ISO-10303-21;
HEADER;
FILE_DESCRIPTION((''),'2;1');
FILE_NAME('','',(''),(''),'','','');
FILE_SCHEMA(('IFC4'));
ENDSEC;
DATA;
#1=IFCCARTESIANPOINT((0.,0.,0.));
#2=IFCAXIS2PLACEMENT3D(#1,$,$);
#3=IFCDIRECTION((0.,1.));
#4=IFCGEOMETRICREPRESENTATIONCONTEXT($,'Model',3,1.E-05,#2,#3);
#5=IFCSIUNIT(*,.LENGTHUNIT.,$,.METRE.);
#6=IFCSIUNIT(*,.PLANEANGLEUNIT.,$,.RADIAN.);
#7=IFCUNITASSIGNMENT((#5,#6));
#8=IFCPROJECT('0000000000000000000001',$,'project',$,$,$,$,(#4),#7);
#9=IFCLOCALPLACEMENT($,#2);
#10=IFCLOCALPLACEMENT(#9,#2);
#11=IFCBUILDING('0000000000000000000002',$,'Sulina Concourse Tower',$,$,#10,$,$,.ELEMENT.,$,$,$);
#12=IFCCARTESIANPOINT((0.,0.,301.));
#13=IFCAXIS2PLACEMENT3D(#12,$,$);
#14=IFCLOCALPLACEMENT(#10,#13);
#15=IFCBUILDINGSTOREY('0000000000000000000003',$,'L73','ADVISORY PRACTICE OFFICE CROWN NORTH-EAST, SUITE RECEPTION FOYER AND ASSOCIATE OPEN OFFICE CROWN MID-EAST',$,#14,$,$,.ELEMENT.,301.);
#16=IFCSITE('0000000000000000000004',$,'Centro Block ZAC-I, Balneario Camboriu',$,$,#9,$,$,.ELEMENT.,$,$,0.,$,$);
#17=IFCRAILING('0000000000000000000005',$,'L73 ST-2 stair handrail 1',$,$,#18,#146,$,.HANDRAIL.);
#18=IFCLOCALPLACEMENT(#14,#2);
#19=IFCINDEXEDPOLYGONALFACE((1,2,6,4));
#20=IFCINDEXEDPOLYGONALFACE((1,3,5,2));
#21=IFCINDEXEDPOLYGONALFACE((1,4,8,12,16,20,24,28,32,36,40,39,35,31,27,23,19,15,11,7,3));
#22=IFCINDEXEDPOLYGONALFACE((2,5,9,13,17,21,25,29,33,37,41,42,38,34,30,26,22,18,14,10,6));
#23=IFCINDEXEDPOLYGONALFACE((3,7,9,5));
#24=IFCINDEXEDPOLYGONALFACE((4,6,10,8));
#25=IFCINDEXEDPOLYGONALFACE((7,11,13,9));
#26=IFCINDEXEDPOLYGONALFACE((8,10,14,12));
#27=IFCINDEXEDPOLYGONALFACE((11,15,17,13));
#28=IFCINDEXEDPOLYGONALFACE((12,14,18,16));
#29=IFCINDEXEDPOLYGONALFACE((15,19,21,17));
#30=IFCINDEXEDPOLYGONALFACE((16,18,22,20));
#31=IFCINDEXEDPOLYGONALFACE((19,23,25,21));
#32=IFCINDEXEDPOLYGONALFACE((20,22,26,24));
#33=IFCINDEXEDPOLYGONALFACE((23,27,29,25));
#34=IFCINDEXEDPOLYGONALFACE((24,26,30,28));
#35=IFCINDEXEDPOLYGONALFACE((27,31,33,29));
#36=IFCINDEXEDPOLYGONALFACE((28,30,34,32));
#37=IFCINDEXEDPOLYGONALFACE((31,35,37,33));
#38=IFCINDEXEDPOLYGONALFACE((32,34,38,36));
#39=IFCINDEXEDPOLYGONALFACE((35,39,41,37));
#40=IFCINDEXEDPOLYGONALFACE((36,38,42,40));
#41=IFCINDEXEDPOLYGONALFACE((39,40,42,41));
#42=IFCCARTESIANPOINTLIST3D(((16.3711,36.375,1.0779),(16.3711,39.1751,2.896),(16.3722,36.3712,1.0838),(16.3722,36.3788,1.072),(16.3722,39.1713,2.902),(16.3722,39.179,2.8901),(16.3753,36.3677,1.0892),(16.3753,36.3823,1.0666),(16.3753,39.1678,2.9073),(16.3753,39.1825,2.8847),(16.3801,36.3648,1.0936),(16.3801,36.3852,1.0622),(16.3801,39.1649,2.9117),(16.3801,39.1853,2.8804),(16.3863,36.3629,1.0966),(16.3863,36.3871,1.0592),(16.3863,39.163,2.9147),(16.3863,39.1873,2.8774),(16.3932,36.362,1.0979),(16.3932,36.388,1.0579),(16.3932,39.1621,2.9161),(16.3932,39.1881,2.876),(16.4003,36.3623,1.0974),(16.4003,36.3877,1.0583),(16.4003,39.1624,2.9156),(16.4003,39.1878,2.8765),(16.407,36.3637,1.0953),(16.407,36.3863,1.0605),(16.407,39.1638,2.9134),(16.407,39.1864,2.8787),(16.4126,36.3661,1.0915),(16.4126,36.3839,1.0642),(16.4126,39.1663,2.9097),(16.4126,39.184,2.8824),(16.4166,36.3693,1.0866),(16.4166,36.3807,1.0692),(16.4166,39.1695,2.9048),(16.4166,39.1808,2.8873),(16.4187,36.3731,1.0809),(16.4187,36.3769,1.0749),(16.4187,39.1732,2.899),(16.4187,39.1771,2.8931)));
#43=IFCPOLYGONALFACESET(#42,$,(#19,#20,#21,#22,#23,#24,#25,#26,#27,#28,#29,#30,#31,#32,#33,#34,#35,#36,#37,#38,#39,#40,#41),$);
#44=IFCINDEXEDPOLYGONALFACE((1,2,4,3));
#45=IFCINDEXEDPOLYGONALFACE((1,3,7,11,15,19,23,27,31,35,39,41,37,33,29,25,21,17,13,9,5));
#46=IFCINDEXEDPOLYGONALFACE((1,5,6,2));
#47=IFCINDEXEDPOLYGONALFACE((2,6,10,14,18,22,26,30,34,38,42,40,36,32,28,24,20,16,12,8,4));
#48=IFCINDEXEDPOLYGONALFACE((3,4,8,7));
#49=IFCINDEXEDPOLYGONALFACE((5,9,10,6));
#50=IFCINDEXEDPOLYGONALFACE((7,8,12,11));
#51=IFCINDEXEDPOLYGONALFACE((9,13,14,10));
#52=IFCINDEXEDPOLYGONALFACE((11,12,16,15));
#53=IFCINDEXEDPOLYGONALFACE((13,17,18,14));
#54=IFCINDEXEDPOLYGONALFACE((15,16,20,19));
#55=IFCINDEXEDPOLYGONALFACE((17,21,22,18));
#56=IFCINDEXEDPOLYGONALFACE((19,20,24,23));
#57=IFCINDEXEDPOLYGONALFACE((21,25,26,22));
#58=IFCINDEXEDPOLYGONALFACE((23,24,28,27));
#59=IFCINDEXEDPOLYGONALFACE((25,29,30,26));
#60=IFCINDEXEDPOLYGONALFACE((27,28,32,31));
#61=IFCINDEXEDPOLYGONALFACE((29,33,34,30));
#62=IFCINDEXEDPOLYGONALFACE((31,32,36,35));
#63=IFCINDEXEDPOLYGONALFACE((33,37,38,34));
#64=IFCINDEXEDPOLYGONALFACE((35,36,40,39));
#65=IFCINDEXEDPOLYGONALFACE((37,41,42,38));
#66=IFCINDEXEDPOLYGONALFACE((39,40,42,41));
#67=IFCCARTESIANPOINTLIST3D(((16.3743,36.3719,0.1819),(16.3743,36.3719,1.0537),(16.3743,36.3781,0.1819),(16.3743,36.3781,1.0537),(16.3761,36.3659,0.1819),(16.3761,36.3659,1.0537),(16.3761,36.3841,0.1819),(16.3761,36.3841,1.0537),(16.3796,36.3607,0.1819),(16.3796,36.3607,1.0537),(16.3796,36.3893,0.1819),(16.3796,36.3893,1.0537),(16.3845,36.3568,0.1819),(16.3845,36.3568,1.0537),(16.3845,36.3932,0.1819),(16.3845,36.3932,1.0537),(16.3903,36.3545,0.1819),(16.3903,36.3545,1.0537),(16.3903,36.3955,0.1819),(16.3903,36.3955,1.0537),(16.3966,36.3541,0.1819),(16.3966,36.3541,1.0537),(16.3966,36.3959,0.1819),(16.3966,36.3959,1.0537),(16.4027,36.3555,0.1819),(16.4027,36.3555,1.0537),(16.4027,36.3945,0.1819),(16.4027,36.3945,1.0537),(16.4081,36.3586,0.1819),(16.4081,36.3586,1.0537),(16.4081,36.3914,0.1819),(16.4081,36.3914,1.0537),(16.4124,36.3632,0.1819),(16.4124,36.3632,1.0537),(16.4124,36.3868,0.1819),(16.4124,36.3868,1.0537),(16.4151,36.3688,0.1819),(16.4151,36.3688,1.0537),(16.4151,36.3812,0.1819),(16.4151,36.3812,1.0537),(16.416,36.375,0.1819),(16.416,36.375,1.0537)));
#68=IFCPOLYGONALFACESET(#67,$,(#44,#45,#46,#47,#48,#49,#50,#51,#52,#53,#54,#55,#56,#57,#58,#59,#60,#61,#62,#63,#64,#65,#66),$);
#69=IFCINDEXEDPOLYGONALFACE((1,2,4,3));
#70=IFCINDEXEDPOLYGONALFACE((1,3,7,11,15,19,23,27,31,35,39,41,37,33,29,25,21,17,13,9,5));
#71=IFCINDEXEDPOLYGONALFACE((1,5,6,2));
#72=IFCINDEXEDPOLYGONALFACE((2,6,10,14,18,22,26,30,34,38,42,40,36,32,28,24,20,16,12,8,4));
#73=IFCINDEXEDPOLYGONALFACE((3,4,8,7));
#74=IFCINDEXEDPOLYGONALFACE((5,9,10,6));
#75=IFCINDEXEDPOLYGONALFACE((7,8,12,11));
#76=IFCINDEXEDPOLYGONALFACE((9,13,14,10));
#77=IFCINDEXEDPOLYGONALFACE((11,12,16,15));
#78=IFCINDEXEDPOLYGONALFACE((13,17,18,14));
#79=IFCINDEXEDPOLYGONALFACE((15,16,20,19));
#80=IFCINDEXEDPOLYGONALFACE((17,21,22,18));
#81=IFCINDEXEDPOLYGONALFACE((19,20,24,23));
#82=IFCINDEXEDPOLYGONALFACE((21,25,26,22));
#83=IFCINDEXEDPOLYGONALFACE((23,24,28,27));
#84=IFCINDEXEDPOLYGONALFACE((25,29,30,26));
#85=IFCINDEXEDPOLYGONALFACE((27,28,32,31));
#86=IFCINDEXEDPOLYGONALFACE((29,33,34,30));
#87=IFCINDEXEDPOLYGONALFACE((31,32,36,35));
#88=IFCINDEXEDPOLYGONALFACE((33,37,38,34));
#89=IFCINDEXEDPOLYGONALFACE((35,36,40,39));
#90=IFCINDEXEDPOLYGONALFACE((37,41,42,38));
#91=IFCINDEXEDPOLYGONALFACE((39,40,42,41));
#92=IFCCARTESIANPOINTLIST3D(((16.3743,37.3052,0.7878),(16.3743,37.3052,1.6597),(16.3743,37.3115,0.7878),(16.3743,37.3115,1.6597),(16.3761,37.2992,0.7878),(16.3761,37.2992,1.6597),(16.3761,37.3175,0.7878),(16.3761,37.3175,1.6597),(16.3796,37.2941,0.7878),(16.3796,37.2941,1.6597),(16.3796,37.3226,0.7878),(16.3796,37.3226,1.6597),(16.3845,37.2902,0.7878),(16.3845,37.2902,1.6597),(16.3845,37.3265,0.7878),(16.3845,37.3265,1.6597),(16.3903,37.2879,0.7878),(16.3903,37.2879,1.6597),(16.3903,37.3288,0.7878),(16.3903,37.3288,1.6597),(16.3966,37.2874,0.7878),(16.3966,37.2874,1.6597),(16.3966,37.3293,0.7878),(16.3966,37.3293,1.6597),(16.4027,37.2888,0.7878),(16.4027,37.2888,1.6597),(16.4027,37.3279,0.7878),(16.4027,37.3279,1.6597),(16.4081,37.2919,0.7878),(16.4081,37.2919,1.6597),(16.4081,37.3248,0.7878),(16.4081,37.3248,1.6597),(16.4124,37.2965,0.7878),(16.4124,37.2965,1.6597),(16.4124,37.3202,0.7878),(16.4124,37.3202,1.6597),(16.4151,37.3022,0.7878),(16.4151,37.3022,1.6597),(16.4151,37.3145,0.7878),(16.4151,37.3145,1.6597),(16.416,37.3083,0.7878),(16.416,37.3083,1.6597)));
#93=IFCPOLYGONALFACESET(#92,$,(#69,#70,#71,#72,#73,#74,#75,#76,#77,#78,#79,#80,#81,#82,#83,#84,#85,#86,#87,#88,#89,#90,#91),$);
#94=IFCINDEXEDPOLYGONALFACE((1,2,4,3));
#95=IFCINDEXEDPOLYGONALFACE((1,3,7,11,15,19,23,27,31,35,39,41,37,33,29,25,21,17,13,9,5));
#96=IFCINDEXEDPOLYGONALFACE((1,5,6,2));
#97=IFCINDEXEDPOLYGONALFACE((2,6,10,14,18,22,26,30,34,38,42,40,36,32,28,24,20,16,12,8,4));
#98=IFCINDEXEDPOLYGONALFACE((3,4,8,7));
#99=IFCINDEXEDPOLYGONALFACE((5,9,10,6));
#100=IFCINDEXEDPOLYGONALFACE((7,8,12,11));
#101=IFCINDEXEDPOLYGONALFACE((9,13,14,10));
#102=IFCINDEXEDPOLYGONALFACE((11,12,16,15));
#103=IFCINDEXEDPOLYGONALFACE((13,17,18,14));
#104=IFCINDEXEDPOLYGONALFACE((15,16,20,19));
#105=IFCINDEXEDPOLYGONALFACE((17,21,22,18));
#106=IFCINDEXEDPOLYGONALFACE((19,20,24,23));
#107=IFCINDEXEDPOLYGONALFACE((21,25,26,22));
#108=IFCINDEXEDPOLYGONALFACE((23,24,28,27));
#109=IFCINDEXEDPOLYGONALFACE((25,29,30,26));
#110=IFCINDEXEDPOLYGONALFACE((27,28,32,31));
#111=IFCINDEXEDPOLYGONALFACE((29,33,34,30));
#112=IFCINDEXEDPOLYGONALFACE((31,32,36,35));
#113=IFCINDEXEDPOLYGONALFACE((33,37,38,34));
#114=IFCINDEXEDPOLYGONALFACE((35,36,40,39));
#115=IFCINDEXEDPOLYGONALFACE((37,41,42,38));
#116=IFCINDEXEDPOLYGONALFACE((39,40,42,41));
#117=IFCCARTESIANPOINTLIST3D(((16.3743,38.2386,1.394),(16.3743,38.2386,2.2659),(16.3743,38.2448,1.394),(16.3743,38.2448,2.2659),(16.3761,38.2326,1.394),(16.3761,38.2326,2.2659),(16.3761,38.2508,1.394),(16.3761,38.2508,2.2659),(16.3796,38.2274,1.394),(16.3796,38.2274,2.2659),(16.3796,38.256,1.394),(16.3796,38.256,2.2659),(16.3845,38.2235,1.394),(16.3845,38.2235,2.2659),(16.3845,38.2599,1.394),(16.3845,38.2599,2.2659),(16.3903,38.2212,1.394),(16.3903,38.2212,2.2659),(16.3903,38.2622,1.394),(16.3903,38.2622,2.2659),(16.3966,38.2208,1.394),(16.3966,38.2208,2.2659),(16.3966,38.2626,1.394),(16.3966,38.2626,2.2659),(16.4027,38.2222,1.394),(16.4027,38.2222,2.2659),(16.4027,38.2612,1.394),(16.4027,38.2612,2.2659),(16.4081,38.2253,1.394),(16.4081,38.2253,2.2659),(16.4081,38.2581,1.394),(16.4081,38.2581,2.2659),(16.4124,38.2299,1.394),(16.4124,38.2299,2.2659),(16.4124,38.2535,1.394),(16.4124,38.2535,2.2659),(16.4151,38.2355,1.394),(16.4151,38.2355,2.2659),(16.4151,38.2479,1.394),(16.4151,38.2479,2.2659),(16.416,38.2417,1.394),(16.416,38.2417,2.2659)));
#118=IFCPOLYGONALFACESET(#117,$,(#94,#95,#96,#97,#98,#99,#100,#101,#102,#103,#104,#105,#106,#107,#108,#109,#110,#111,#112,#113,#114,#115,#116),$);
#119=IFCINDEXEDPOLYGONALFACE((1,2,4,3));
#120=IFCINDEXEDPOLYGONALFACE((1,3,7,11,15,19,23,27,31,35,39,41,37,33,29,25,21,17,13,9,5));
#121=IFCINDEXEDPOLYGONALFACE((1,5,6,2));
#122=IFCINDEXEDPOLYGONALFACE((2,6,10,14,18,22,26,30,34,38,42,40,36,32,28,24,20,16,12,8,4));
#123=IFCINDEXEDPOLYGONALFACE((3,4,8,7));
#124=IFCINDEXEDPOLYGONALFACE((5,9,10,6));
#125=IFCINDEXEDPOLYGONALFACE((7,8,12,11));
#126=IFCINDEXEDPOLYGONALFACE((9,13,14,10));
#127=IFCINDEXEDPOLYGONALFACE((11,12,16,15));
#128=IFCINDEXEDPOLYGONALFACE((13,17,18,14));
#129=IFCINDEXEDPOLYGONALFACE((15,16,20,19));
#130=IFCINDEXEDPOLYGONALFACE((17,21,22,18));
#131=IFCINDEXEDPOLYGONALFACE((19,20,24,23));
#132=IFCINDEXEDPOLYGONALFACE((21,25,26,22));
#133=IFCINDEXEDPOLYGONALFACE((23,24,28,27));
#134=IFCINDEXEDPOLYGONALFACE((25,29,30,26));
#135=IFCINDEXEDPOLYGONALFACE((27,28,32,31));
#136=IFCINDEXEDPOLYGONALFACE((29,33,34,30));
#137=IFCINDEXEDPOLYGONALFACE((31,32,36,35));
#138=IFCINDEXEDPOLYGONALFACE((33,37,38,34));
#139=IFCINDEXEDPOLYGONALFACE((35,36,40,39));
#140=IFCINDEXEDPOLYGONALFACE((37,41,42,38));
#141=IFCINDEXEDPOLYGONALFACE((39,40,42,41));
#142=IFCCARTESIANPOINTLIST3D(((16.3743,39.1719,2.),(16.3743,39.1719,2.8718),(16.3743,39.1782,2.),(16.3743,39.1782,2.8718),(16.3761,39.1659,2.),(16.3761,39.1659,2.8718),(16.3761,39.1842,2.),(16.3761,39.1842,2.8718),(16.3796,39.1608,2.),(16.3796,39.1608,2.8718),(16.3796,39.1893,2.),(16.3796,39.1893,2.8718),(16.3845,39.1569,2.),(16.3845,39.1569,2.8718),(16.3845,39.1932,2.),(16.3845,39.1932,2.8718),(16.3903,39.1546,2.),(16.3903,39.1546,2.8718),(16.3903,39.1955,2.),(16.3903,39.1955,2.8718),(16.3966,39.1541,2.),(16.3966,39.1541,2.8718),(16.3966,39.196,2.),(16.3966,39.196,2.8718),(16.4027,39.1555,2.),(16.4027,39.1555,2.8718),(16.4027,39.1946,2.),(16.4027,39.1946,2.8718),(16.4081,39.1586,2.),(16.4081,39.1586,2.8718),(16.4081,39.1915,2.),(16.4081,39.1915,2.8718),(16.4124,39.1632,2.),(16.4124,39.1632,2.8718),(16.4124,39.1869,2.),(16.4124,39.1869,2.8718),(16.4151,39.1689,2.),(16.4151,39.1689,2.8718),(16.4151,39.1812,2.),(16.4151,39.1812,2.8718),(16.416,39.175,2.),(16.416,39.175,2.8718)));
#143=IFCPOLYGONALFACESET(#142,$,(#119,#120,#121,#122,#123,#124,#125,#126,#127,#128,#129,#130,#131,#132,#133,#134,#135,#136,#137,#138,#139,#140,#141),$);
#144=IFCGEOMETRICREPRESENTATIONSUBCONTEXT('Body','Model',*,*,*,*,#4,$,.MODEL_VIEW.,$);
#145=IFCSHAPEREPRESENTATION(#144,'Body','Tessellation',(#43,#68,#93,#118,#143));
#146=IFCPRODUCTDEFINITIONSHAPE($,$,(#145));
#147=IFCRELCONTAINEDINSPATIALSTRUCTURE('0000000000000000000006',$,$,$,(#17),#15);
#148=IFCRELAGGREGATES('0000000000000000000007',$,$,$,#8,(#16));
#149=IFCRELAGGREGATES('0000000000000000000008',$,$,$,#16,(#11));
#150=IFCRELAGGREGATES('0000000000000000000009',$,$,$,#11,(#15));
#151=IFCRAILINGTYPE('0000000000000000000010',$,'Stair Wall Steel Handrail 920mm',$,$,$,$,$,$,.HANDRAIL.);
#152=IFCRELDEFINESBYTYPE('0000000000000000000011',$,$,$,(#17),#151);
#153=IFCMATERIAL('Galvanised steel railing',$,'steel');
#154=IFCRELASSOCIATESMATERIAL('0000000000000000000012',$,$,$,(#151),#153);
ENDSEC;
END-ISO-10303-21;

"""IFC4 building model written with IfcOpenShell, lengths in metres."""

from ifc_helpers import new_model, si_unit, direction, frame, origin, origin_2d, place, context, subcontext, project, spatial, circle, extrude, material, type_object, element, save


model = new_model("IFC4")

# Units and contexts
model_context = context("Model", 3, precision=1e-05, world=origin(), true_north=direction((0.0, 1.0)))
body_context = subcontext(model_context, "Body", "Model", "MODEL_VIEW")
ifc_project = project(units=[si_unit("LENGTHUNIT", "METRE"), si_unit("PLANEANGLEUNIT", "RADIAN")], contexts=[model_context])

# Site, building, storey
site_placement = place(None, origin())
site = spatial("IfcSite", under=ifc_project, at=site_placement, Name="Centro Block ZAC-I, Balneario Camboriu", CompositionType="ELEMENT", RefElevation=0.0)
building_placement = place(site_placement, origin())
building = spatial("IfcBuilding", under=site, at=building_placement, Name="Sulina Concourse Tower", CompositionType="ELEMENT")
storey_placement = place(building_placement, frame((0.0, 0.0, 301.0)))
storey = spatial("IfcBuildingStorey", under=building, at=storey_placement, Name="L73", Description="ADVISORY PRACTICE OFFICE CROWN NORTH-EAST, SUITE RECEPTION FOYER AND ASSOCIATE OPEN OFFICE CROWN MID-EAST", CompositionType="ELEMENT", Elevation=301.0)

# Railing
ifc_material_1 = material(Name="Galvanised steel railing", Category="steel")
railing_type_1 = type_object("IfcRailingType", Name="Stair Wall Steel Handrail 920mm", PredefinedType="HANDRAIL", material=ifc_material_1)
railing_1_placement = place(storey_placement, frame((16.395, 36.375, 0.1819)))
element("IfcRailing", 1, at=railing_1_placement, inside=storey, type_object=railing_type_1, Name="L73 ST-2 stair handrail 1", PredefinedType="HANDRAIL", context=body_context, shape_type="SweptSolid", body=[
    extrude(circle(Radius=0.0239, at=origin_2d()), frame((0.0, 0.0, 0.896), z_axis=(0.0, 0.838706, 0.544585), x_axis=(-1.0, 0.0, 0.0)), (0.0, 0.0, 1.0), 3.3386),
    extrude(circle(Radius=0.021, at=origin_2d()), origin(), (0.0, 0.0, 1.0), 0.8718),
    extrude(circle(Radius=0.021, at=origin_2d()), frame((0.0, 0.9333, 0.606)), (0.0, 0.0, 1.0), 0.8718),
    extrude(circle(Radius=0.021, at=origin_2d()), frame((0.0, 1.8667, 1.2122)), (0.0, 0.0, 1.0), 0.8718),
    extrude(circle(Radius=0.021, at=origin_2d()), frame((0.0, 2.8, 1.8181)), (0.0, 0.0, 1.0), 0.8718),
])

save(model, "model.ifc")
